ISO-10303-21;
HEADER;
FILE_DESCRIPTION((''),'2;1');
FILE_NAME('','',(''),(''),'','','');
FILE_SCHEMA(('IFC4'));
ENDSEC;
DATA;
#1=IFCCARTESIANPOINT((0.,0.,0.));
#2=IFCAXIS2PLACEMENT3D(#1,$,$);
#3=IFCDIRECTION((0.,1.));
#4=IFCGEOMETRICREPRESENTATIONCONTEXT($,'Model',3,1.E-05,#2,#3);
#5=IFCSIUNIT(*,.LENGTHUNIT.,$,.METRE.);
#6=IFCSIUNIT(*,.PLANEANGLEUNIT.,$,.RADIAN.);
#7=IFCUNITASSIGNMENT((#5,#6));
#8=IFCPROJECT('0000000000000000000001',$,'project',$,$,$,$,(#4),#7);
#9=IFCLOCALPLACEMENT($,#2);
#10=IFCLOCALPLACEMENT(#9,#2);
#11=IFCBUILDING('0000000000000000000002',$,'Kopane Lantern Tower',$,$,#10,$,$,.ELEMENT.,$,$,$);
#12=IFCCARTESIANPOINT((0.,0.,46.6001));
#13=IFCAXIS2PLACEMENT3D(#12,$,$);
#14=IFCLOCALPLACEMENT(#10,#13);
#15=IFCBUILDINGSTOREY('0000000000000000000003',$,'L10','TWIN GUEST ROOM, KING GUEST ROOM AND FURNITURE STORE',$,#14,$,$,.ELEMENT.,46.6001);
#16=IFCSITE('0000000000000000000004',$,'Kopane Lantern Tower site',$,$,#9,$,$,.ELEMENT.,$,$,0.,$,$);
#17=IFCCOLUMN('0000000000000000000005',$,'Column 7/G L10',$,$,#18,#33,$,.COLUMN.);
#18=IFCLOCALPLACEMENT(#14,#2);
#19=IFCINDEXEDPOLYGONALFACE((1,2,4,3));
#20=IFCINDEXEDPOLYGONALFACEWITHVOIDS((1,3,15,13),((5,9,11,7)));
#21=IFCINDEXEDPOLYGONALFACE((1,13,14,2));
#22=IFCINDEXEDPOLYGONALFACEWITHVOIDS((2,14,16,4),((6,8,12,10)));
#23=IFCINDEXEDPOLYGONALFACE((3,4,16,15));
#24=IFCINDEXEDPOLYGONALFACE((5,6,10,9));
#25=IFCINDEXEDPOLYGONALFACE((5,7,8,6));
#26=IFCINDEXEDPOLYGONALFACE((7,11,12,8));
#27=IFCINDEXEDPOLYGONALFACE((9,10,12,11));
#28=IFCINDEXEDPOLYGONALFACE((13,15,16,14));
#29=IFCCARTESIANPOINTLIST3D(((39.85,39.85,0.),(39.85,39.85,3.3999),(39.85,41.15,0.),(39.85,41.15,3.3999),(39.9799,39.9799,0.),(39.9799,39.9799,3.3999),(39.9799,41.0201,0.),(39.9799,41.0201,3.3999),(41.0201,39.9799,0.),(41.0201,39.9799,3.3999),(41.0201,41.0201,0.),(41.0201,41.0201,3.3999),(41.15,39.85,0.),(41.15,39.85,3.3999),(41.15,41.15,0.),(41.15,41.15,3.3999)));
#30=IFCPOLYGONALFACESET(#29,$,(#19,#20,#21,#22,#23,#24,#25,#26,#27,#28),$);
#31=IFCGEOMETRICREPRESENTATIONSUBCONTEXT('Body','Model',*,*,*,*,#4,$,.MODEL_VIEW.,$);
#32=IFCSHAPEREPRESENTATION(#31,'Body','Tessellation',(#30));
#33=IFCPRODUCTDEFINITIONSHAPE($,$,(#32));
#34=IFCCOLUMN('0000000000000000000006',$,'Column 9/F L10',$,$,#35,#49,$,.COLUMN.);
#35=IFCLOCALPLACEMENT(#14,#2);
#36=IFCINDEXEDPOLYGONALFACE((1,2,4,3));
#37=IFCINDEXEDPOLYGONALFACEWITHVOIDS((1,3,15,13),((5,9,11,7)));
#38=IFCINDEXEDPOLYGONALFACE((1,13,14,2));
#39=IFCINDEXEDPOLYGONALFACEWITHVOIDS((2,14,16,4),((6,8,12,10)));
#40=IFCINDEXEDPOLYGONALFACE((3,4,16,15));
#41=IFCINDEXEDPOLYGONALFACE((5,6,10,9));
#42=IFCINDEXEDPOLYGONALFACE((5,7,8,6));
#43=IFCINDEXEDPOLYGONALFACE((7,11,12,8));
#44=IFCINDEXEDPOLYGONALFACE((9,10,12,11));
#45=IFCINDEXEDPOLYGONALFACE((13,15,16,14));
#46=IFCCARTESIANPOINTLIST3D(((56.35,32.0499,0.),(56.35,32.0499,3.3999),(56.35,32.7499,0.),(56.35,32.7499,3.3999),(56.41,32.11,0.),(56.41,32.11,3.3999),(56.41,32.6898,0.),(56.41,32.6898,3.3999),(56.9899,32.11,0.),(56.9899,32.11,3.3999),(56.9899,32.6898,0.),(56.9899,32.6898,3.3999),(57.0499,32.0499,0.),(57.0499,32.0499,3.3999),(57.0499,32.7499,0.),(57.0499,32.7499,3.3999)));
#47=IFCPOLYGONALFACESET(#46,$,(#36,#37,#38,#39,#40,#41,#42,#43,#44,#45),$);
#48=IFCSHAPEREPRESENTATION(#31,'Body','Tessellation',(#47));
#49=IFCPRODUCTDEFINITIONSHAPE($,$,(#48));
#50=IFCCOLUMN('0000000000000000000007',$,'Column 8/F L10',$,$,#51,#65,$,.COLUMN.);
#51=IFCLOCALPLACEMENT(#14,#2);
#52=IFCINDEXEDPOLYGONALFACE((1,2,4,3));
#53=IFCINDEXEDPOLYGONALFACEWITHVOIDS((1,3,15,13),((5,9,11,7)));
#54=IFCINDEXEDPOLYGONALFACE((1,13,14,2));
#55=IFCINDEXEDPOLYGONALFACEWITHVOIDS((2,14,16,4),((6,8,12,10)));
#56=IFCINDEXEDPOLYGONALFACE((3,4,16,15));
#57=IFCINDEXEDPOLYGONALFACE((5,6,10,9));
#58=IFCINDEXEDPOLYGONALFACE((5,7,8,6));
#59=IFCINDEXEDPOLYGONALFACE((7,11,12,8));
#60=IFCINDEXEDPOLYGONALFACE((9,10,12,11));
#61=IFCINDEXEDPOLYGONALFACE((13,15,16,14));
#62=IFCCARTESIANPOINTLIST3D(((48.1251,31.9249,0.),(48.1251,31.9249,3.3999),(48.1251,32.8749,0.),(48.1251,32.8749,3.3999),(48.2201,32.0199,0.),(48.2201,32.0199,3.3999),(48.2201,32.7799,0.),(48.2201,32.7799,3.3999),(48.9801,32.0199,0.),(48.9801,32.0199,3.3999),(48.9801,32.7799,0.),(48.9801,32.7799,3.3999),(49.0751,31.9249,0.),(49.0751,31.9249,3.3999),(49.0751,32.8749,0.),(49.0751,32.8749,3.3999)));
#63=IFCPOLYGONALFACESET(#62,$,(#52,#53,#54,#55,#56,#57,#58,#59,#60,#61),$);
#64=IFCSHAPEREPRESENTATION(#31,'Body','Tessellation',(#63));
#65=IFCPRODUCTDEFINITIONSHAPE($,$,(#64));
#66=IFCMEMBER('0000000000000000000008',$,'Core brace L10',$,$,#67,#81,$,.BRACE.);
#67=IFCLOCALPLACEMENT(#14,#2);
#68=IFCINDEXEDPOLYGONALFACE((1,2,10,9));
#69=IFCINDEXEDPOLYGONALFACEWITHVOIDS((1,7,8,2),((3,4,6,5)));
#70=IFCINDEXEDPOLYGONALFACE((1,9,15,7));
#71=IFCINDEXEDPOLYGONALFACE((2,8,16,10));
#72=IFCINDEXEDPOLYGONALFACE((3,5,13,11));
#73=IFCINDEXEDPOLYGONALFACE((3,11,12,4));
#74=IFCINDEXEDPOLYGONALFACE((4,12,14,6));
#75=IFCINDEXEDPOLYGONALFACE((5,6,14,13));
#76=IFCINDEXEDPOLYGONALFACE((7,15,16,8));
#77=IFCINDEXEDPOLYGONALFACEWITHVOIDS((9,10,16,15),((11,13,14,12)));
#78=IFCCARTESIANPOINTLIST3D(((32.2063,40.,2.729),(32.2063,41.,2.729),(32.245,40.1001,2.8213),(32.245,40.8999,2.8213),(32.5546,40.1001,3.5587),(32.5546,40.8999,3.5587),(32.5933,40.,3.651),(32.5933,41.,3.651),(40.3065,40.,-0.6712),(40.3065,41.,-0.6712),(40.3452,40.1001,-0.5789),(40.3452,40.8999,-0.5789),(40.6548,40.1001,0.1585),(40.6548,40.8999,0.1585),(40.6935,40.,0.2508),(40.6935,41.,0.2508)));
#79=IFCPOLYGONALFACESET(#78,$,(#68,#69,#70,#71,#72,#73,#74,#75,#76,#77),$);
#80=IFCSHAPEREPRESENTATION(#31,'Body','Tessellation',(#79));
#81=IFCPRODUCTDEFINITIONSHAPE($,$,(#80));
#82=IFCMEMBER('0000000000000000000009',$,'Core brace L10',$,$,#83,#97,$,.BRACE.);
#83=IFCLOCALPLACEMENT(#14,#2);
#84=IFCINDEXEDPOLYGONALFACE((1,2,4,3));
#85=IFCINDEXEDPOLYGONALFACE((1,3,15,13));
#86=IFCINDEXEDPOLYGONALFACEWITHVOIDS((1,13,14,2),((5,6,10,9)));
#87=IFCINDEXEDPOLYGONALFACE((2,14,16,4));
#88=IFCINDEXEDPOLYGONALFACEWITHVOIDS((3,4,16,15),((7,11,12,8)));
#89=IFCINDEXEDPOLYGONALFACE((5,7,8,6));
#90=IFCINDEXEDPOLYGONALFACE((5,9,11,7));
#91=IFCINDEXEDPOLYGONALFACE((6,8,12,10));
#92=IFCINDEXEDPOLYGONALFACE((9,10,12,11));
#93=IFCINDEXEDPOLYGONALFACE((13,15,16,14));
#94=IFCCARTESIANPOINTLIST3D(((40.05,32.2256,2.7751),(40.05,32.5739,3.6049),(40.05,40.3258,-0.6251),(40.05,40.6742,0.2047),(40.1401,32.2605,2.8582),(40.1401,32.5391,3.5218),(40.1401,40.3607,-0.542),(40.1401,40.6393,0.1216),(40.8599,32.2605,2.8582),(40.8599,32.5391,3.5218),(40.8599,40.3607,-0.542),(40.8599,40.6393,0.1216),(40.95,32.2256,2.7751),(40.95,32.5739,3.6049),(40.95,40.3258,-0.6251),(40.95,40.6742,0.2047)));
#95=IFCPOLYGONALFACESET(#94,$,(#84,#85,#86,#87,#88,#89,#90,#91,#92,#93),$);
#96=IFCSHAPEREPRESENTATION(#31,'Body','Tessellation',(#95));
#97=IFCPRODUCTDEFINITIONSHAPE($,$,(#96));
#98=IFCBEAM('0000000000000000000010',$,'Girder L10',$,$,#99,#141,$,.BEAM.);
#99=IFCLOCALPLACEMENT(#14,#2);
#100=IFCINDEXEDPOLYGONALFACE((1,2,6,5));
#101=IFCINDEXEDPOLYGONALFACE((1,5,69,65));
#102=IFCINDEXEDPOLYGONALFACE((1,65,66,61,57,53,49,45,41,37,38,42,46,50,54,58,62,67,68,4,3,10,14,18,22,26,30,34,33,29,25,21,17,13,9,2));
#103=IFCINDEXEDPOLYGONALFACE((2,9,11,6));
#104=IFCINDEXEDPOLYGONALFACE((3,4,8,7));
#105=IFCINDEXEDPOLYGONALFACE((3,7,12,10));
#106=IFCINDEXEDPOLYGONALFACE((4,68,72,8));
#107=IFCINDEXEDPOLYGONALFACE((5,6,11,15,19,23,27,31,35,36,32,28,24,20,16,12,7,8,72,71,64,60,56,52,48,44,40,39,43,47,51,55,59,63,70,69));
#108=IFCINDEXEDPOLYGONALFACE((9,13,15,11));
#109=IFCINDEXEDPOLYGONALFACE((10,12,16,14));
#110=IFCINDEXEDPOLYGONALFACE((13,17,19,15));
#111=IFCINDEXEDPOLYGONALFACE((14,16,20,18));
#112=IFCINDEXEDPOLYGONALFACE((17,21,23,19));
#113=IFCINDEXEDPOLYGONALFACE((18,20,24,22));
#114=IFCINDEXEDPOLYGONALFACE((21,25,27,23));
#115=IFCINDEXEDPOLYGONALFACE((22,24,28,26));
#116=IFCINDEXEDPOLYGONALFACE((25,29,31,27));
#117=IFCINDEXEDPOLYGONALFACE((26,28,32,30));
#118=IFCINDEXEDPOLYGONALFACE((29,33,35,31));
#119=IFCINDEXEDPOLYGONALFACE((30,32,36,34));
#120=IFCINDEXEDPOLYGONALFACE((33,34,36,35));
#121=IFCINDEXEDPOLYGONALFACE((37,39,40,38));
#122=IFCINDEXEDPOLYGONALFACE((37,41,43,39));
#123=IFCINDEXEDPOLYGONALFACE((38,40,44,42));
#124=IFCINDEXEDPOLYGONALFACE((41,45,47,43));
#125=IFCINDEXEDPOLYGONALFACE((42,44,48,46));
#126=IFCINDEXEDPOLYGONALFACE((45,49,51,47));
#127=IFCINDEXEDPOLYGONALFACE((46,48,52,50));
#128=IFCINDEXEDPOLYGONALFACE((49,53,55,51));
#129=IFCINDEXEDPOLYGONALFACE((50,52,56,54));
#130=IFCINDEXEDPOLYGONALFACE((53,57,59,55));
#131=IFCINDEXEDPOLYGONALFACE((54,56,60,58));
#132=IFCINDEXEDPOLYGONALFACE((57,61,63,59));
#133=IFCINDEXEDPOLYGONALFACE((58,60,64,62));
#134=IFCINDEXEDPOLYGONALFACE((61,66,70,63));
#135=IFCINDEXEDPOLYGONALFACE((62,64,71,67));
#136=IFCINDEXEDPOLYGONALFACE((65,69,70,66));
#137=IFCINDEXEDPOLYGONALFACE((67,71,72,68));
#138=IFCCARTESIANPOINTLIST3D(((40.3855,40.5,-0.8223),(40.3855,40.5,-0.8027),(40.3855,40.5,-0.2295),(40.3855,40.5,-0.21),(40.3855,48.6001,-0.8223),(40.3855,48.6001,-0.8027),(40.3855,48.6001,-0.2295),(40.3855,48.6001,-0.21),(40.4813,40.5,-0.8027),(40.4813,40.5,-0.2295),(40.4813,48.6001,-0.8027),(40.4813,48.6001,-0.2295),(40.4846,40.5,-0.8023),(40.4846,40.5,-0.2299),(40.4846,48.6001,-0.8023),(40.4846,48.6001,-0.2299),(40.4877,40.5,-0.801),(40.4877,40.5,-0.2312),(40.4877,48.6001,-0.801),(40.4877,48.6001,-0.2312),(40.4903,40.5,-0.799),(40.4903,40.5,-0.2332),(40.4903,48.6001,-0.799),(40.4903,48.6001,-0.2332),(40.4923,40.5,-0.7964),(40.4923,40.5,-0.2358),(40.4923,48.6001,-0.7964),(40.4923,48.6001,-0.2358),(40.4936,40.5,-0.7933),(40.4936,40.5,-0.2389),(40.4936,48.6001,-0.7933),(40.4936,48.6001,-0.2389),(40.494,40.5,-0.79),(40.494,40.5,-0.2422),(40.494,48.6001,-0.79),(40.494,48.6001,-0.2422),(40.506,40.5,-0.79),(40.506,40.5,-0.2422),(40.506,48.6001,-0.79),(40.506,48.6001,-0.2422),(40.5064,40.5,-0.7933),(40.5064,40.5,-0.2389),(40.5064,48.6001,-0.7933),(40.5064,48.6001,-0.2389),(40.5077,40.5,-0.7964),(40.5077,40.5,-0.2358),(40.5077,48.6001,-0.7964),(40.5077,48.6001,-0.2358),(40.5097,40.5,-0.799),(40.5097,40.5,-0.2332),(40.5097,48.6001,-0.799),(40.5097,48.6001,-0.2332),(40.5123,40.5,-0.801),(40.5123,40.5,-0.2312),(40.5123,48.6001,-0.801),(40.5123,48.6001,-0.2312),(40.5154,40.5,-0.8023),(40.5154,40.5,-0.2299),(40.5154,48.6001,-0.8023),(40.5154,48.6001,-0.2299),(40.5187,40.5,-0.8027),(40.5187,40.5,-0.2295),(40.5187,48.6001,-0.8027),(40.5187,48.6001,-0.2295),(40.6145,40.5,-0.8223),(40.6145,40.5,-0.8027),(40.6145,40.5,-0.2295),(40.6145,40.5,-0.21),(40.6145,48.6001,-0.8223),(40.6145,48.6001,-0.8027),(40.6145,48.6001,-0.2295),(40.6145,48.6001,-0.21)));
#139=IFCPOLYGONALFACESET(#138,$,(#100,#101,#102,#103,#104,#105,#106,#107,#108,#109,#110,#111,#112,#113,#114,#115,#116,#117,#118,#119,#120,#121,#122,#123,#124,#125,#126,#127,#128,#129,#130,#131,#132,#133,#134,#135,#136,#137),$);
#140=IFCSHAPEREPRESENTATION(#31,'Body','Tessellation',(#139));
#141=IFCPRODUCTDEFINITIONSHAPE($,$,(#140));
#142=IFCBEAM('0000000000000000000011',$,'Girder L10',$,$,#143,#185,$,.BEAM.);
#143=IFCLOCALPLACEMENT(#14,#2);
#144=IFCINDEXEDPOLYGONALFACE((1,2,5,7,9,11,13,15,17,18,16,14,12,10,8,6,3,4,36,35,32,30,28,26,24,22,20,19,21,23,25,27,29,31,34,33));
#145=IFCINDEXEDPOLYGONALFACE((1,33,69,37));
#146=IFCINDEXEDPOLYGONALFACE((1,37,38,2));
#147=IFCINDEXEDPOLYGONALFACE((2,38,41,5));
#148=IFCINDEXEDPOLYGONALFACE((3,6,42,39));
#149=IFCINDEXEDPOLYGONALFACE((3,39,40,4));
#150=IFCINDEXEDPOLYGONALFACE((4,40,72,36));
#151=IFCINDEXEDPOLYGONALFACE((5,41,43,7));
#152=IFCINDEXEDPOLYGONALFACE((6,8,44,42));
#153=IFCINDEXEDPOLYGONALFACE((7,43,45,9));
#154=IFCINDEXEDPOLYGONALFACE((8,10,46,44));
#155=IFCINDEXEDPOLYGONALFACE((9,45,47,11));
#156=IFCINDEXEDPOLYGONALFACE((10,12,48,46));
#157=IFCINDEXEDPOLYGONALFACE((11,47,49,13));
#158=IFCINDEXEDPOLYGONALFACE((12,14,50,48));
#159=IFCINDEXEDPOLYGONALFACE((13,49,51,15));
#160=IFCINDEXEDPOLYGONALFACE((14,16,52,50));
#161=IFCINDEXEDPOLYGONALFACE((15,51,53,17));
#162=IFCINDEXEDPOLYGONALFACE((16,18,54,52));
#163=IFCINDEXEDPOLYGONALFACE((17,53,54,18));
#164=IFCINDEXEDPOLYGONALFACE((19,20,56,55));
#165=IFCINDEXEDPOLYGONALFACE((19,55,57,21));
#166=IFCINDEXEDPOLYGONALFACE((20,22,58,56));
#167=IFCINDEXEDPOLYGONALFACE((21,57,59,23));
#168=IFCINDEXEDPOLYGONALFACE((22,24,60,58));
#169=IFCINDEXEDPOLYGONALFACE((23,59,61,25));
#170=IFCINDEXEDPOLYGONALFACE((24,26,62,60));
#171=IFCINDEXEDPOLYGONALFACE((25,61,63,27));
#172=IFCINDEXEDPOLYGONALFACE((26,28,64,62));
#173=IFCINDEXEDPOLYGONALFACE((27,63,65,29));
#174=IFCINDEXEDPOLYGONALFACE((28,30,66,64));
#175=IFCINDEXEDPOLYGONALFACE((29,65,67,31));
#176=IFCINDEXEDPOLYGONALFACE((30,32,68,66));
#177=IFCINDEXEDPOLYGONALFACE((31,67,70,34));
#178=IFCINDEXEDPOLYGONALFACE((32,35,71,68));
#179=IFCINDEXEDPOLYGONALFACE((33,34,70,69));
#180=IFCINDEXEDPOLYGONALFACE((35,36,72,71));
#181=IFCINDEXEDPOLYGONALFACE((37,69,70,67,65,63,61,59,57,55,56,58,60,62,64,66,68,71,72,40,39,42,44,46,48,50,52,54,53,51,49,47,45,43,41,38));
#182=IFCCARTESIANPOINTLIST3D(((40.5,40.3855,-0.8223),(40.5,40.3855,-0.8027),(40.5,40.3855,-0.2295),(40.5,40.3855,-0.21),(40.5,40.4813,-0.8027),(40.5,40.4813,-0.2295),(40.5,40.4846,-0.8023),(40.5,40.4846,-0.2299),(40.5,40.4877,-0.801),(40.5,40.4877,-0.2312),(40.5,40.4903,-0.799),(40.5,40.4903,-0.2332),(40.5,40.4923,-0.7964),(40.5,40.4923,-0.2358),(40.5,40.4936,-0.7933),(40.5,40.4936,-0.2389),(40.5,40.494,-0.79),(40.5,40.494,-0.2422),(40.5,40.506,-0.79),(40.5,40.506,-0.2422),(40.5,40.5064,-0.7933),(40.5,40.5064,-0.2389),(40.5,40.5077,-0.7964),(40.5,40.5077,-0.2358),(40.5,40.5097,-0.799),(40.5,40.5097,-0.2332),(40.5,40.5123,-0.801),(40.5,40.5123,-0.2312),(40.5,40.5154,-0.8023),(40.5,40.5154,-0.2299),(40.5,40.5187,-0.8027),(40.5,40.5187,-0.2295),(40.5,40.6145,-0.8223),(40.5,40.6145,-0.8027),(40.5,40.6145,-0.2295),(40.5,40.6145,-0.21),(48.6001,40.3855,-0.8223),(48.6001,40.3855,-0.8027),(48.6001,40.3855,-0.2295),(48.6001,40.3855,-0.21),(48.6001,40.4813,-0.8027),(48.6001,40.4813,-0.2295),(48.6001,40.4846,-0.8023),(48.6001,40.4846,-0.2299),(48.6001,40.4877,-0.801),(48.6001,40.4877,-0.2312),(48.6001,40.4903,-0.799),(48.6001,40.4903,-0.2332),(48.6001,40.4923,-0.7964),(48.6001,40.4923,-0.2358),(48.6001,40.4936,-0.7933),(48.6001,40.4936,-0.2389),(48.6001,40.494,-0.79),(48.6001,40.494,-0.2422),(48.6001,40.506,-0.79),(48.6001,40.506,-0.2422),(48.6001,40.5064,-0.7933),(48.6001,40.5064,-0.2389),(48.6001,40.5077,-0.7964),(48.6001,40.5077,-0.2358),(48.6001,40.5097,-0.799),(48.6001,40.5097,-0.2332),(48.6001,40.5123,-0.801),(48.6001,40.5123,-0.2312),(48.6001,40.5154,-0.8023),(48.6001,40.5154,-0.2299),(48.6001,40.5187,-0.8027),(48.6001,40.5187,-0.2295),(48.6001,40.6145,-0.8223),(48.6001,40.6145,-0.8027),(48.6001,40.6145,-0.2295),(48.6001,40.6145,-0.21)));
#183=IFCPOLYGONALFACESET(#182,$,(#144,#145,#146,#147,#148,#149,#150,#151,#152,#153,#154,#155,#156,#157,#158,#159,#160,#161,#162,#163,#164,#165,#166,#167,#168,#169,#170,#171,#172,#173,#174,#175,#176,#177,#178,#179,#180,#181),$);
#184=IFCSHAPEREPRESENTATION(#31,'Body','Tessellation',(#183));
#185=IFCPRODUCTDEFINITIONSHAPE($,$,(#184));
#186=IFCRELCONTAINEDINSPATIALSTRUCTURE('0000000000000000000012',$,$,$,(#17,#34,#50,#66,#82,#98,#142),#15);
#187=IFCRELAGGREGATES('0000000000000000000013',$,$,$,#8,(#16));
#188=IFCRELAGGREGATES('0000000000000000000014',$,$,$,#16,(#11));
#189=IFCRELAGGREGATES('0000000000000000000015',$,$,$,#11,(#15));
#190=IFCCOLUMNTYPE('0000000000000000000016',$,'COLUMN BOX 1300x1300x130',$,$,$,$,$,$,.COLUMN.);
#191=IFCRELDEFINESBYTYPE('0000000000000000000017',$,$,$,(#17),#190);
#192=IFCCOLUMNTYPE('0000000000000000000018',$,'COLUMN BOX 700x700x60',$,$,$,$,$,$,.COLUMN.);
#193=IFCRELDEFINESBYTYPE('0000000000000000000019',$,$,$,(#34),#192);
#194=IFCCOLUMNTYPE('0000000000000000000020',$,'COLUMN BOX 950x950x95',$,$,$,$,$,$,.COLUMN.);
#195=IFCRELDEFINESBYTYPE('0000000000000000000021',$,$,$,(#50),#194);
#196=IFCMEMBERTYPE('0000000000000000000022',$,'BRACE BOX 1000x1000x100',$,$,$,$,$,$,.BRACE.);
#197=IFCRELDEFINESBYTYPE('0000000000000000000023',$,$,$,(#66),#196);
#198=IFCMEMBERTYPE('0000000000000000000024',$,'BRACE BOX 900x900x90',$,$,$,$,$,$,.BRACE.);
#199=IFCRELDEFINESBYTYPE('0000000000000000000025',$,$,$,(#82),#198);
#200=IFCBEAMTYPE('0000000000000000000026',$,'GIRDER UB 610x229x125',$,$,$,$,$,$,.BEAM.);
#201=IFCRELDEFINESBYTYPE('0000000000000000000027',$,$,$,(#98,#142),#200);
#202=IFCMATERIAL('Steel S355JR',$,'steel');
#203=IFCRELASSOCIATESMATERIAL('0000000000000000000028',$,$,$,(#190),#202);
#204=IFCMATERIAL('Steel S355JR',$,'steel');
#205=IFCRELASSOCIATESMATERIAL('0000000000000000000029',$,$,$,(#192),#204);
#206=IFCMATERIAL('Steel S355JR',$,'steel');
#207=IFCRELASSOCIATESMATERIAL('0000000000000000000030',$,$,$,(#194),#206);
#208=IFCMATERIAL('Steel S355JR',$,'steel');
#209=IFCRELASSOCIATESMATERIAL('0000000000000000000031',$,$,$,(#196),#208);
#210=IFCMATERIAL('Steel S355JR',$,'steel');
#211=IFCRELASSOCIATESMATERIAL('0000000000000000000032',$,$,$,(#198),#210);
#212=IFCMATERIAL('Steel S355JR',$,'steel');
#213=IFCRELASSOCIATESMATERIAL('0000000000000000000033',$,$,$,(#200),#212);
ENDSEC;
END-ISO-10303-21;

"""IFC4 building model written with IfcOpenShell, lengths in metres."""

from ifc_helpers import new_model, si_unit, direction, frame, origin, origin_2d, place, context, subcontext, project, spatial, hollow_rectangle, i_section, extrude, material, material_profile, profile_set, type_object, element, save


model = new_model("IFC4")

# Units and contexts
model_context = context("Model", 3, precision=1e-05, world=origin(), true_north=direction((0.0, 1.0)))
body_context = subcontext(model_context, "Body", "Model", "MODEL_VIEW")
ifc_project = project(units=[si_unit("LENGTHUNIT", "METRE"), si_unit("PLANEANGLEUNIT", "RADIAN")], contexts=[model_context])

# Site, building, storey
site_placement = place(None, origin())
site = spatial("IfcSite", under=ifc_project, at=site_placement, Name="Kopane Lantern Tower site", CompositionType="ELEMENT", RefElevation=0.0)
building_placement = place(site_placement, origin())
building = spatial("IfcBuilding", under=site, at=building_placement, Name="Kopane Lantern Tower", CompositionType="ELEMENT")
storey_placement = place(building_placement, frame((0.0, 0.0, 46.6001)))
storey = spatial("IfcBuildingStorey", under=building, at=storey_placement, Name="L10", Description="TWIN GUEST ROOM, KING GUEST ROOM AND FURNITURE STORE", CompositionType="ELEMENT", Elevation=46.6001)

# Columns
ifc_material_1 = material(Name="Steel S355JR", Category="steel")
ifc_material_profile_1 = material_profile(ifc_material_1, hollow_rectangle(XDim=1.3, YDim=1.3, WallThickness=0.1299, at=origin_2d()), Name="BOX 1300x1300x130")
ifc_profile_set_1 = profile_set([ifc_material_profile_1], Name="Steel S355JR")
column_type_1 = type_object("IfcColumnType", Name="COLUMN BOX 1300x1300x130", PredefinedType="COLUMN", material=ifc_profile_set_1)
column_1_placement = place(storey_placement, frame((40.5, 40.5, 0.0), z_axis=(0.0, 0.0, 1.0), x_axis=(1.0, 0.0, 0.0)))
element("IfcColumn", 1, at=column_1_placement, inside=storey, type_object=column_type_1, Name="Column 7/G L10", PredefinedType="COLUMN", context=body_context, shape_type="SweptSolid", body=[
    extrude(hollow_rectangle(XDim=1.3, YDim=1.3, WallThickness=0.1299, at=origin_2d()), origin(), (0.0, 0.0, 1.0), 3.3999),
])
ifc_material_2 = material(Name="Steel S355JR", Category="steel")
ifc_material_profile_2 = material_profile(ifc_material_2, hollow_rectangle(XDim=0.7, YDim=0.7, WallThickness=0.0601, at=origin_2d()), Name="BOX 700x700x60")
ifc_profile_set_2 = profile_set([ifc_material_profile_2], Name="Steel S355JR")
column_type_2 = type_object("IfcColumnType", Name="COLUMN BOX 700x700x60", PredefinedType="COLUMN", material=ifc_profile_set_2)
column_2_placement = place(storey_placement, frame((56.7, 32.3999, 0.0), z_axis=(0.0, 0.0, 1.0), x_axis=(1.0, 0.0, 0.0)))
element("IfcColumn", 2, at=column_2_placement, inside=storey, type_object=column_type_2, Name="Column 9/F L10", PredefinedType="COLUMN", context=body_context, shape_type="SweptSolid", body=[
    extrude(hollow_rectangle(XDim=0.7, YDim=0.7, WallThickness=0.0601, at=origin_2d()), origin(), (0.0, 0.0, 1.0), 3.3999),
])
ifc_material_3 = material(Name="Steel S355JR", Category="steel")
ifc_material_profile_3 = material_profile(ifc_material_3, hollow_rectangle(XDim=0.95, YDim=0.95, WallThickness=0.095, at=origin_2d()), Name="BOX 950x950x95")
ifc_profile_set_3 = profile_set([ifc_material_profile_3], Name="Steel S355JR")
column_type_3 = type_object("IfcColumnType", Name="COLUMN BOX 950x950x95", PredefinedType="COLUMN", material=ifc_profile_set_3)
column_3_placement = place(storey_placement, frame((48.6001, 32.3999, 0.0), z_axis=(0.0, 0.0, 1.0), x_axis=(1.0, 0.0, 0.0)))
element("IfcColumn", 3, at=column_3_placement, inside=storey, type_object=column_type_3, Name="Column 8/F L10", PredefinedType="COLUMN", context=body_context, shape_type="SweptSolid", body=[
    extrude(hollow_rectangle(XDim=0.95, YDim=0.95, WallThickness=0.095, at=origin_2d()), origin(), (0.0, 0.0, 1.0), 3.3999),
])

# Members
ifc_material_4 = material(Name="Steel S355JR", Category="steel")
ifc_material_profile_4 = material_profile(ifc_material_4, hollow_rectangle(XDim=1.0, YDim=1.0, WallThickness=0.1001, at=origin_2d()), Name="BOX 1000x1000x100")
ifc_profile_set_4 = profile_set([ifc_material_profile_4], Name="Steel S355JR")
member_type_1 = type_object("IfcMemberType", Name="BRACE BOX 1000x1000x100", PredefinedType="BRACE", material=ifc_profile_set_4)
member_1_placement = place(storey_placement, frame((40.5, 40.5, -0.2102), z_axis=(-0.922059, 0.0, 0.387049), x_axis=(0.0, -1.0, 0.0)))
element("IfcMember", 4, at=member_1_placement, inside=storey, type_object=member_type_1, Name="Core brace L10", PredefinedType="BRACE", context=body_context, shape_type="SweptSolid", body=[
    extrude(hollow_rectangle(XDim=1.0, YDim=1.0, WallThickness=0.1001, at=origin_2d()), origin(), (0.0, 0.0, 1.0), 8.7849),
])
ifc_material_5 = material(Name="Steel S355JR", Category="steel")
ifc_material_profile_5 = material_profile(ifc_material_5, hollow_rectangle(XDim=0.8999, YDim=0.8999, WallThickness=0.0901, at=origin_2d()), Name="BOX 900x900x90")
ifc_profile_set_5 = profile_set([ifc_material_profile_5], Name="Steel S355JR")
member_type_2 = type_object("IfcMemberType", Name="BRACE BOX 900x900x90", PredefinedType="BRACE", material=ifc_profile_set_5)
member_2_placement = place(storey_placement, frame((40.5, 40.5, -0.2102), z_axis=(0.0, -0.922059, 0.387049), x_axis=(1.0, 0.0, 0.0)))
element("IfcMember", 5, at=member_2_placement, inside=storey, type_object=member_type_2, Name="Core brace L10", PredefinedType="BRACE", context=body_context, shape_type="SweptSolid", body=[
    extrude(hollow_rectangle(XDim=0.8999, YDim=0.8999, WallThickness=0.0901, at=origin_2d()), origin(), (0.0, 0.0, 1.0), 8.7849),
])

# Beams
ifc_material_6 = material(Name="Steel S355JR", Category="steel")
ifc_material_profile_6 = material_profile(ifc_material_6, i_section(OverallWidth=0.229, OverallDepth=0.6123, WebThickness=0.012, FlangeThickness=0.0195, FilletRadius=0.0127, at=origin_2d()), Name="UB 610x229x125")
ifc_profile_set_6 = profile_set([ifc_material_profile_6], Name="Steel S355JR")
beam_type = type_object("IfcBeamType", Name="GIRDER UB 610x229x125", PredefinedType="BEAM", material=ifc_profile_set_6)
for number, where, z_axis, x_axis, name in (
    (6, (40.5, 40.5, -0.5161), (0.0, 1.0, 0.0), (-1.0, 0.0, 0.0), "Girder L10"),
    (7, (40.5, 40.5, -0.5161), (1.0, 0.0, 0.0), (0.0, 1.0, 0.0), "Girder L10"),
):
    element("IfcBeam", number, at=place(storey_placement, frame(where, z_axis=z_axis, x_axis=x_axis)), inside=storey, type_object=beam_type, Name=name, PredefinedType="BEAM", context=body_context, shape_type="SweptSolid", body=[
        extrude(i_section(OverallWidth=0.229, OverallDepth=0.6123, WebThickness=0.012, FlangeThickness=0.0195, FilletRadius=0.0127, at=origin_2d()), origin(), (0.0, 0.0, 1.0), 8.1001),
    ])

save(model, "model.ifc")
